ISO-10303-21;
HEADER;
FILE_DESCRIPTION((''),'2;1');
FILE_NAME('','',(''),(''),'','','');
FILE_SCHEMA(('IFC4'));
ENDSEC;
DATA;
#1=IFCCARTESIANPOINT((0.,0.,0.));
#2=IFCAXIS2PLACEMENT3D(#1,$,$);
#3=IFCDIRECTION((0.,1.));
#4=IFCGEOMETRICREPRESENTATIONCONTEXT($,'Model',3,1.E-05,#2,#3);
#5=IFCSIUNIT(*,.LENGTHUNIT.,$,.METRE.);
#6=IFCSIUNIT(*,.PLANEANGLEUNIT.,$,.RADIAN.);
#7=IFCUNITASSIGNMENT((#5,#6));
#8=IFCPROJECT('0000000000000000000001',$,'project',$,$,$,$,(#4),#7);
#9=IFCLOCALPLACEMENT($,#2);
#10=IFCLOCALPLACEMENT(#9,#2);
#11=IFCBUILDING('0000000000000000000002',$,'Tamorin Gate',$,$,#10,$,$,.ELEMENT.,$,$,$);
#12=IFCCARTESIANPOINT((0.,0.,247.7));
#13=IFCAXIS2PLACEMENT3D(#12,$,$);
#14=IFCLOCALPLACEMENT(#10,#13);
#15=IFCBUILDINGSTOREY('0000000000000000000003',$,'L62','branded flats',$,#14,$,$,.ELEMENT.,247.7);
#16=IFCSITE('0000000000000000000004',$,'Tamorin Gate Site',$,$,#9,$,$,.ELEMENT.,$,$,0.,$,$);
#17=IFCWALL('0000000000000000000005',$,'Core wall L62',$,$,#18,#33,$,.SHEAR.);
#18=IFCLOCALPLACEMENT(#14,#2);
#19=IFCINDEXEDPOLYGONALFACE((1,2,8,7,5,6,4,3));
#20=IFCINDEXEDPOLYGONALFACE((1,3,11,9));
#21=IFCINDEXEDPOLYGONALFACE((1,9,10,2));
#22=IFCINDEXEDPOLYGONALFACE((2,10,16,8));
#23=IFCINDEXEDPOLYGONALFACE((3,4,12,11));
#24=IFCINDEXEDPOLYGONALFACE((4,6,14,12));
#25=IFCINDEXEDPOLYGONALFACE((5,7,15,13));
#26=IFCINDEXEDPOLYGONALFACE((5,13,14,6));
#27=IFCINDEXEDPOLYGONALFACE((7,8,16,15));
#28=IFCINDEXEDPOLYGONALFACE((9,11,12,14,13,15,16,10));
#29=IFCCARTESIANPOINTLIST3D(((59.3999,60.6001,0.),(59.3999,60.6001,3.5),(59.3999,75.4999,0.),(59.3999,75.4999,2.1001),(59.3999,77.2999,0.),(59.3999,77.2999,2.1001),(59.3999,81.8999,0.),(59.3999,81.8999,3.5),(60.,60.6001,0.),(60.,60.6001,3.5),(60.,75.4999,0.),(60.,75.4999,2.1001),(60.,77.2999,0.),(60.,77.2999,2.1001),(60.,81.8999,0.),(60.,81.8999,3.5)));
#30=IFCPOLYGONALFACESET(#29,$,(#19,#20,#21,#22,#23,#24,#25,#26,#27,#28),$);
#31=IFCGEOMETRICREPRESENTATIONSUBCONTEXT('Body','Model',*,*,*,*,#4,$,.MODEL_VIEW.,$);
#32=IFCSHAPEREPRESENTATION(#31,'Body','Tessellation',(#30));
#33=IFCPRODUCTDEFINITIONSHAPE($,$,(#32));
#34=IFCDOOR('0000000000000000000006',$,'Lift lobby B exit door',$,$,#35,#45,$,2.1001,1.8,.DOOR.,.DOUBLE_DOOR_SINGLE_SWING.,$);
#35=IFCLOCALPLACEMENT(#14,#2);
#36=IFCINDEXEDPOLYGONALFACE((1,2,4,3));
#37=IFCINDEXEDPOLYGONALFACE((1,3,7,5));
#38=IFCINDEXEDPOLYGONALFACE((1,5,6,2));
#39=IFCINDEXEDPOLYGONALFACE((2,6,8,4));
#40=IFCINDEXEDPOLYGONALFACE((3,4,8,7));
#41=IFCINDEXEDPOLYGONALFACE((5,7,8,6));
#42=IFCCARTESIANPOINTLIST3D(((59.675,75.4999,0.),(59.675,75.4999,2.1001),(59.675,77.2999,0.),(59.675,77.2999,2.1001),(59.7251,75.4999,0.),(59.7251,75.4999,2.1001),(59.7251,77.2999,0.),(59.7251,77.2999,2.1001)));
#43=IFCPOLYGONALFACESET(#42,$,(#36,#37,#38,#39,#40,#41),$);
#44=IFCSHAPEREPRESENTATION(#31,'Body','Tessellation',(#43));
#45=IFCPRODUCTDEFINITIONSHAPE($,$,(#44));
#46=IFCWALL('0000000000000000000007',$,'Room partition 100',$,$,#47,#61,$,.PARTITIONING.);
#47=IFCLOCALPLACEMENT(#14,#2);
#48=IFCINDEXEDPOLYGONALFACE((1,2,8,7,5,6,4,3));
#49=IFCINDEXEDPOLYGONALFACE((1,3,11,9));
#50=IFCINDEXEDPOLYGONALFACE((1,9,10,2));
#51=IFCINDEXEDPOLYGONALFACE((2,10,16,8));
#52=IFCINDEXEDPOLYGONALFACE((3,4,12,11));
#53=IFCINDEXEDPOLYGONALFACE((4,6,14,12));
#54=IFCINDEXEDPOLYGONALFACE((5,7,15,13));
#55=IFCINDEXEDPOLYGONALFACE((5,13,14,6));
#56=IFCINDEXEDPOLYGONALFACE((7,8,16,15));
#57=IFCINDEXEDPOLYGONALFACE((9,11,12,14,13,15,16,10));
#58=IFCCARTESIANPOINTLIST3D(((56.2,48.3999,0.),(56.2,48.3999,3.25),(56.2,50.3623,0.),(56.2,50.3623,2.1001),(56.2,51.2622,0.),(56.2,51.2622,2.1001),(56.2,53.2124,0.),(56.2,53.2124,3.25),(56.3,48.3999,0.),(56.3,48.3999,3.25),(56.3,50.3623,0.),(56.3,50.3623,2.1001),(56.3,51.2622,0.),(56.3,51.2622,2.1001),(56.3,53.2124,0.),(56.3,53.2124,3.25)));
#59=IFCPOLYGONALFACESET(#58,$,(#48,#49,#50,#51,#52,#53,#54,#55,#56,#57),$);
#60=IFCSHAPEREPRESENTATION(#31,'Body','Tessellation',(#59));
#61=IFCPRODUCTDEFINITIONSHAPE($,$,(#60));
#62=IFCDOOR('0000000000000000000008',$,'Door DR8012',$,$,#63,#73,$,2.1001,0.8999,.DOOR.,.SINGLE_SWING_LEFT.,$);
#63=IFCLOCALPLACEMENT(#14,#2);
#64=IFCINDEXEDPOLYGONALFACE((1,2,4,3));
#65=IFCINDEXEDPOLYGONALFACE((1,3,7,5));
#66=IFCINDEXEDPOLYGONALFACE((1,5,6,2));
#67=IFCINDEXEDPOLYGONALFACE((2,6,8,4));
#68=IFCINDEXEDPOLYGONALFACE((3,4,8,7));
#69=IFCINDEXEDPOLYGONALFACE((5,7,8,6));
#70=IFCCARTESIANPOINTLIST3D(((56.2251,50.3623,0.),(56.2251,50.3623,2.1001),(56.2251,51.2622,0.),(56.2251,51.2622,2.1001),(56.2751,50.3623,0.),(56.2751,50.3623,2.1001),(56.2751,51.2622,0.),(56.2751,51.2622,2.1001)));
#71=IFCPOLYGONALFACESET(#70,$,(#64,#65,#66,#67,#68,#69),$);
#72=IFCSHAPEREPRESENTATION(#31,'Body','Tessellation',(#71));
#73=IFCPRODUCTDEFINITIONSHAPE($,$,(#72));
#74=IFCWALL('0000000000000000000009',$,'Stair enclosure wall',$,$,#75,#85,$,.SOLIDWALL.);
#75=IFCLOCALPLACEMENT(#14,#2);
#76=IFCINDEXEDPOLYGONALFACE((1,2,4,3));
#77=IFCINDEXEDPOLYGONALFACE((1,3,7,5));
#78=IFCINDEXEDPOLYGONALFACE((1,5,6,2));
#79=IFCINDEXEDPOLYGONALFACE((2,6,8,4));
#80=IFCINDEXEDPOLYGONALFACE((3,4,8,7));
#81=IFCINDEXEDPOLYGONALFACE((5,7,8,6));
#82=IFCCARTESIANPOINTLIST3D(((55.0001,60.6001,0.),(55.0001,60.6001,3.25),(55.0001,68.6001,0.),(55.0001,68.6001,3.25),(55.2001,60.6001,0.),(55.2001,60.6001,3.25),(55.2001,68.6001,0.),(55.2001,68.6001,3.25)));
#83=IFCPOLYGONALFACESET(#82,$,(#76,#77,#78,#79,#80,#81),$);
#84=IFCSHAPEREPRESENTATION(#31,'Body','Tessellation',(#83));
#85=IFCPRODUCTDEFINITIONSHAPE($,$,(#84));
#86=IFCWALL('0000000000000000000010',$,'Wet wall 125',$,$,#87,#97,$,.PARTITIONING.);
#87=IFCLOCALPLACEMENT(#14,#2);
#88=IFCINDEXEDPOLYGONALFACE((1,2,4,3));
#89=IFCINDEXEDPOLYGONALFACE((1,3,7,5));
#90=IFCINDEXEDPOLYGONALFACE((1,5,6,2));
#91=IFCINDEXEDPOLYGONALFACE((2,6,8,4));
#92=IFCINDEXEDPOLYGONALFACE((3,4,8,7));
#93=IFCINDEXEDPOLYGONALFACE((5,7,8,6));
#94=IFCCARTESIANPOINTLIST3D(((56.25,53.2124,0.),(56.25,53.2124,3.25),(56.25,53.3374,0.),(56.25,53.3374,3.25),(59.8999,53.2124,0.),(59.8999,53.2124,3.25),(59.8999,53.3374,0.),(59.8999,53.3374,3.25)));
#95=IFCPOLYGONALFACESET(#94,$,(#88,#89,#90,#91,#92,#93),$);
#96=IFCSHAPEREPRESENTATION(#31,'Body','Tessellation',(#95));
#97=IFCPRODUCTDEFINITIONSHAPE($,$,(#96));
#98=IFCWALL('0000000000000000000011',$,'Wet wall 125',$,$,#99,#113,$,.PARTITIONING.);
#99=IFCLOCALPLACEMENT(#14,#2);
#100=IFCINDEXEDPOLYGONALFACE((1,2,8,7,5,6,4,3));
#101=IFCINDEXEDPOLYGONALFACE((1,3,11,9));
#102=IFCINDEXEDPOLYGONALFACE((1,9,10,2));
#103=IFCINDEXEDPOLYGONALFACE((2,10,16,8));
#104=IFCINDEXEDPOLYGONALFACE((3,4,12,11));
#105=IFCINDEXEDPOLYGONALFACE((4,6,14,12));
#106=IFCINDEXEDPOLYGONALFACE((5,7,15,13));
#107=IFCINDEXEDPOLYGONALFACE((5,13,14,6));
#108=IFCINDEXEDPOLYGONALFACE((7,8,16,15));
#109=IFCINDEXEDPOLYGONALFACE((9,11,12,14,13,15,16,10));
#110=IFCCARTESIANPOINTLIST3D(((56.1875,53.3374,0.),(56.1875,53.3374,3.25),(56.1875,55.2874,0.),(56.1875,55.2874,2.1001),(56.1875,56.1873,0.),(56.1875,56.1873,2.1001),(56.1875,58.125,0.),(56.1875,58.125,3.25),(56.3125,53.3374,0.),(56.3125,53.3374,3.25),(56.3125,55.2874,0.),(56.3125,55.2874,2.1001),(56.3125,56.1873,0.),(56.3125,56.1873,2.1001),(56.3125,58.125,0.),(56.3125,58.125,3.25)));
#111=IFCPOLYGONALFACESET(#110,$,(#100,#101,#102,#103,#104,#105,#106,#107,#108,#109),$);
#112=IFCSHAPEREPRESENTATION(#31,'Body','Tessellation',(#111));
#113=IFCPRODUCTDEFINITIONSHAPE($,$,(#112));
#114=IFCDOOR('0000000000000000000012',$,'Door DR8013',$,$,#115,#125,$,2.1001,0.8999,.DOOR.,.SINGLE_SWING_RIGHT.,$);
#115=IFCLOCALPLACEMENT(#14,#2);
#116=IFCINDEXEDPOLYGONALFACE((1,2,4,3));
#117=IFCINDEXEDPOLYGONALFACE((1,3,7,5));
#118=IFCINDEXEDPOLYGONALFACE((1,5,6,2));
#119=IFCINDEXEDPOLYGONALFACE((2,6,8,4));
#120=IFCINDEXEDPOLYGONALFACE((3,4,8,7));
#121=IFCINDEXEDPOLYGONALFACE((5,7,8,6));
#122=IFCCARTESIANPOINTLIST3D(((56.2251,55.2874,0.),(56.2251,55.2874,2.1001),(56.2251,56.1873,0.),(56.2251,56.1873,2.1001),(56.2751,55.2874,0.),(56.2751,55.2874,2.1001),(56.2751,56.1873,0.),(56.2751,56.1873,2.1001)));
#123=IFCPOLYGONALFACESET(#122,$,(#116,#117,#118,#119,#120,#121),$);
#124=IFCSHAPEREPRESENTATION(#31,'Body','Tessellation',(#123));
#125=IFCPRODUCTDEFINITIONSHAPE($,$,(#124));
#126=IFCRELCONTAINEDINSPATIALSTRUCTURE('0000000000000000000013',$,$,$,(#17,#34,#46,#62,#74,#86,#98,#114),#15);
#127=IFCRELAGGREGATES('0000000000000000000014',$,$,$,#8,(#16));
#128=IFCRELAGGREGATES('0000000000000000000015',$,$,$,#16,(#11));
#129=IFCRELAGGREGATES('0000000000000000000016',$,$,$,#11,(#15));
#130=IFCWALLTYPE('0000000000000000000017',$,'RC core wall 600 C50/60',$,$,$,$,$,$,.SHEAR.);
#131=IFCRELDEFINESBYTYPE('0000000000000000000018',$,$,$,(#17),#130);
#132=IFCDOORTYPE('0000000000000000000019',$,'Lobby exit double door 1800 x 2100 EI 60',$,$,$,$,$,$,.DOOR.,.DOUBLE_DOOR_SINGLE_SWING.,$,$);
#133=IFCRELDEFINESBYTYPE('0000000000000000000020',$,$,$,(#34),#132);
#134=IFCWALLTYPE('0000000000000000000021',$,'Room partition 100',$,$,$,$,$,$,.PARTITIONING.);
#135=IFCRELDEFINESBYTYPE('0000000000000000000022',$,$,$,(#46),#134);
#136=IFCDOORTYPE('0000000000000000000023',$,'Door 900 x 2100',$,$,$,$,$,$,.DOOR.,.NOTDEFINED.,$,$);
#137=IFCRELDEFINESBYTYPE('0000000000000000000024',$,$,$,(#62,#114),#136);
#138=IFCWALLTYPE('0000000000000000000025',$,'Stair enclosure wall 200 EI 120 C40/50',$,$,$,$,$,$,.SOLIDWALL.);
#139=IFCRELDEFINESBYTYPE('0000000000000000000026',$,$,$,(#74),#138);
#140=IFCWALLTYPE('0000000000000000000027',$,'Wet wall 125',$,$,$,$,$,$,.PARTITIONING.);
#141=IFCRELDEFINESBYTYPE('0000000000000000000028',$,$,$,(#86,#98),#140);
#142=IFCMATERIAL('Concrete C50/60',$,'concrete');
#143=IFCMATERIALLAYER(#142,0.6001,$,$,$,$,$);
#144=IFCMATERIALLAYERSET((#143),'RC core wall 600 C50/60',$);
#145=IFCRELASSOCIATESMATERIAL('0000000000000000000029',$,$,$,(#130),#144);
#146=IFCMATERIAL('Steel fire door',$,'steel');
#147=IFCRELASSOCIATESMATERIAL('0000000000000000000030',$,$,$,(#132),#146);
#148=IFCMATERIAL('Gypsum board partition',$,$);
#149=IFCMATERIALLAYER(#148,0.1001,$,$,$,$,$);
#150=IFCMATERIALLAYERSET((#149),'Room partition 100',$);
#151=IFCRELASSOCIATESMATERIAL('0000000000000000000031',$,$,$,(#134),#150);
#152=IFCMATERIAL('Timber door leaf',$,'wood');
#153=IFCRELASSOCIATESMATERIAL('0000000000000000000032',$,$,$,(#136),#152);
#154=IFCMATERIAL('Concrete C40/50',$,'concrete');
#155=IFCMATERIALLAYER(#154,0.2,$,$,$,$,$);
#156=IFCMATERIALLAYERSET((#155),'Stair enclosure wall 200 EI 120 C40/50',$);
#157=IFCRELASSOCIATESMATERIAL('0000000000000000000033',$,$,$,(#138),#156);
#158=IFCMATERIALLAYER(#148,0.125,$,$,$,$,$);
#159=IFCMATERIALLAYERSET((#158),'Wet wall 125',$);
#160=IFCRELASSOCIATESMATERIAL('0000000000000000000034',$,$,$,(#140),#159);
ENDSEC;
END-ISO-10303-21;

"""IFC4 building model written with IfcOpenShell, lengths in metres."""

from ifc_helpers import new_model, si_unit, direction, frame, frame_2d, origin, place, context, subcontext, project, spatial, rectangle, extrude, material, layer, layer_set, type_object, element, fill, save


model = new_model("IFC4")

# Units and contexts
model_context = context("Model", 3, precision=1e-05, world=origin(), true_north=direction((0.0, 1.0)))
body_context = subcontext(model_context, "Body", "Model", "MODEL_VIEW")
ifc_project = project(units=[si_unit("LENGTHUNIT", "METRE"), si_unit("PLANEANGLEUNIT", "RADIAN")], contexts=[model_context])

# Site, building, storey
site_placement = place(None, origin())
site = spatial("IfcSite", under=ifc_project, at=site_placement, Name="Tamorin Gate Site", CompositionType="ELEMENT", RefElevation=0.0)
building_placement = place(site_placement, origin())
building = spatial("IfcBuilding", under=site, at=building_placement, Name="Tamorin Gate", CompositionType="ELEMENT")
storey_placement = place(building_placement, frame((0.0, 0.0, 247.7)))
storey = spatial("IfcBuildingStorey", under=building, at=storey_placement, Name="L62", Description="branded flats", CompositionType="ELEMENT", Elevation=247.7)

# Shared definitions
ifc_material_1 = material(Name="Concrete C50/60", Category="concrete")

# Shared definitions
ifc_material_2 = material(Name="Gypsum board partition")

# Walls, openings, doors
ifc_layer_1 = layer(ifc_material_1, 0.6001)
ifc_layer_set_1 = layer_set([ifc_layer_1], Name="RC core wall 600 C50/60")
wall_type_1 = type_object("IfcWallType", Name="RC core wall 600 C50/60", PredefinedType="SHEAR", material=ifc_layer_set_1)
wall_1_placement = place(storey_placement, frame((59.7, 60.6001, 0.0), z_axis=(0.0, 0.0, 1.0), x_axis=(0.0, 1.0, 0.0)))
wall_1 = element("IfcWall", 1, at=wall_1_placement, inside=storey, type_object=wall_type_1, Name="Core wall L62", PredefinedType="SHEAR", context=body_context, shape_type="SweptSolid", body=[
    extrude(rectangle(XDim=21.2998, YDim=0.6001, at=frame_2d((10.6499, 0.0))), origin(), (0.0, 0.0, 1.0), 3.5),
])
opening_1_placement = place(wall_1_placement, frame((14.8999, 0.0, 0.0)))
opening_1 = element("IfcOpeningElement", 2, at=opening_1_placement, cuts=wall_1, PredefinedType="OPENING", context=body_context, shape_type="SweptSolid", body=[
    extrude(rectangle(XDim=1.8, YDim=2.1001, at=frame_2d((0.8999, 1.05))), frame((0.0, 0.3101, 0.0), z_axis=(0.0, -1.0, 0.0), x_axis=(1.0, 0.0, 0.0)), (0.0, 0.0, 1.0), 0.6201),
])
ifc_material_3 = material(Name="Steel fire door", Category="steel")
door_type_1 = type_object("IfcDoorType", Name="Lobby exit double door 1800 x 2100 EI 60", OperationType="DOUBLE_DOOR_SINGLE_SWING", PredefinedType="DOOR", material=ifc_material_3)
door_1_placement = place(opening_1_placement, origin())
door_1 = element("IfcDoor", 3, at=door_1_placement, inside=storey, type_object=door_type_1, Name="Lift lobby B exit door", OperationType="DOUBLE_DOOR_SINGLE_SWING", OverallHeight=2.1001, OverallWidth=1.8, PredefinedType="DOOR", context=body_context, shape_type="SweptSolid", body=[
    extrude(rectangle(XDim=1.8, YDim=2.1001, at=frame_2d((0.8999, 1.05))), frame((0.0, 0.0249, 0.0), z_axis=(0.0, -1.0, 0.0), x_axis=(1.0, 0.0, 0.0)), (0.0, 0.0, 1.0), 0.05),
])
fill(opening_1, door_1)
ifc_layer_2 = layer(ifc_material_2, 0.1001)
ifc_layer_set_2 = layer_set([ifc_layer_2], Name="Room partition 100")
wall_type_2 = type_object("IfcWallType", Name="Room partition 100", PredefinedType="PARTITIONING", material=ifc_layer_set_2)
wall_2_placement = place(storey_placement, frame((56.25, 48.3999, 0.0), z_axis=(0.0, 0.0, 1.0), x_axis=(0.0, 1.0, 0.0)))
wall_2 = element("IfcWall", 4, at=wall_2_placement, inside=storey, type_object=wall_type_2, Name="Room partition 100", PredefinedType="PARTITIONING", context=body_context, shape_type="SweptSolid", body=[
    extrude(rectangle(XDim=4.8125, YDim=0.1001, at=frame_2d((2.4062, 0.0))), origin(), (0.0, 0.0, 1.0), 3.25),
])
opening_2_placement = place(wall_2_placement, frame((1.9624, 0.0, 0.0)))
opening_2 = element("IfcOpeningElement", 5, at=opening_2_placement, cuts=wall_2, PredefinedType="OPENING", context=body_context, shape_type="SweptSolid", body=[
    extrude(rectangle(XDim=0.8999, YDim=2.1001, at=frame_2d((0.45, 1.05))), frame((0.0, 0.0601, 0.0), z_axis=(0.0, -1.0, 0.0), x_axis=(1.0, 0.0, 0.0)), (0.0, 0.0, 1.0), 0.1201),
])
ifc_material_4 = material(Name="Timber door leaf", Category="wood")
door_type_2 = type_object("IfcDoorType", Name="Door 900 x 2100", OperationType="NOTDEFINED", PredefinedType="DOOR", material=ifc_material_4)
door_2_placement = place(opening_2_placement, origin())
door_2 = element("IfcDoor", 6, at=door_2_placement, inside=storey, type_object=door_type_2, Name="Door DR8012", OperationType="SINGLE_SWING_LEFT", OverallHeight=2.1001, OverallWidth=0.8999, PredefinedType="DOOR", context=body_context, shape_type="SweptSolid", body=[
    extrude(rectangle(XDim=0.8999, YDim=2.1001, at=frame_2d((0.45, 1.05))), frame((0.0, 0.0249, 0.0), z_axis=(0.0, -1.0, 0.0), x_axis=(1.0, 0.0, 0.0)), (0.0, 0.0, 1.0), 0.05),
])
fill(opening_2, door_2)

# Walls
ifc_material_5 = material(Name="Concrete C40/50", Category="concrete")
ifc_layer_3 = layer(ifc_material_5, 0.2)
ifc_layer_set_3 = layer_set([ifc_layer_3], Name="Stair enclosure wall 200 EI 120 C40/50")
wall_type_3 = type_object("IfcWallType", Name="Stair enclosure wall 200 EI 120 C40/50", PredefinedType="SOLIDWALL", material=ifc_layer_set_3)
wall_3_placement = place(storey_placement, frame((55.1001, 60.6001, 0.0), z_axis=(0.0, 0.0, 1.0), x_axis=(0.0, 1.0, 0.0)))
element("IfcWall", 7, at=wall_3_placement, inside=storey, type_object=wall_type_3, Name="Stair enclosure wall", PredefinedType="SOLIDWALL", context=body_context, shape_type="SweptSolid", body=[
    extrude(rectangle(XDim=8.0, YDim=0.2, at=frame_2d((4.0, 0.0))), origin(), (0.0, 0.0, 1.0), 3.25),
])
ifc_layer_4 = layer(ifc_material_2, 0.125)
ifc_layer_set_4 = layer_set([ifc_layer_4], Name="Wet wall 125")
wall_type_4 = type_object("IfcWallType", Name="Wet wall 125", PredefinedType="PARTITIONING", material=ifc_layer_set_4)
wall_4_placement = place(storey_placement, frame((56.25, 53.2749, 0.0), z_axis=(0.0, 0.0, 1.0), x_axis=(1.0, 0.0, 0.0)))
element("IfcWall", 8, at=wall_4_placement, inside=storey, type_object=wall_type_4, Name="Wet wall 125", PredefinedType="PARTITIONING", context=body_context, shape_type="SweptSolid", body=[
    extrude(rectangle(XDim=3.6499, YDim=0.125, at=frame_2d((1.825, 0.0))), origin(), (0.0, 0.0, 1.0), 3.25),
])

# Wall, opening, door
wall_5_placement = place(storey_placement, frame((56.25, 53.3374, 0.0), z_axis=(0.0, 0.0, 1.0), x_axis=(0.0, 1.0, 0.0)))
wall_5 = element("IfcWall", 9, at=wall_5_placement, inside=storey, type_object=wall_type_4, Name="Wet wall 125", PredefinedType="PARTITIONING", context=body_context, shape_type="SweptSolid", body=[
    extrude(rectangle(XDim=4.7876, YDim=0.125, at=frame_2d((2.3938, 0.0))), origin(), (0.0, 0.0, 1.0), 3.25),
])
opening_3_placement = place(wall_5_placement, frame((1.95, 0.0, 0.0)))
opening_3 = element("IfcOpeningElement", 10, at=opening_3_placement, cuts=wall_5, PredefinedType="OPENING", context=body_context, shape_type="SweptSolid", body=[
    extrude(rectangle(XDim=0.8999, YDim=2.1001, at=frame_2d((0.45, 1.05))), frame((0.0, 0.0725, 0.0), z_axis=(0.0, -1.0, 0.0), x_axis=(1.0, 0.0, 0.0)), (0.0, 0.0, 1.0), 0.145),
])
door_3_placement = place(opening_3_placement, origin())
door_3 = element("IfcDoor", 11, at=door_3_placement, inside=storey, type_object=door_type_2, Name="Door DR8013", OperationType="SINGLE_SWING_RIGHT", OverallHeight=2.1001, OverallWidth=0.8999, PredefinedType="DOOR", context=body_context, shape_type="SweptSolid", body=[
    extrude(rectangle(XDim=0.8999, YDim=2.1001, at=frame_2d((0.45, 1.05))), frame((0.0, 0.0249, 0.0), z_axis=(0.0, -1.0, 0.0), x_axis=(1.0, 0.0, 0.0)), (0.0, 0.0, 1.0), 0.05),
])
fill(opening_3, door_3)

save(model, "model.ifc")
